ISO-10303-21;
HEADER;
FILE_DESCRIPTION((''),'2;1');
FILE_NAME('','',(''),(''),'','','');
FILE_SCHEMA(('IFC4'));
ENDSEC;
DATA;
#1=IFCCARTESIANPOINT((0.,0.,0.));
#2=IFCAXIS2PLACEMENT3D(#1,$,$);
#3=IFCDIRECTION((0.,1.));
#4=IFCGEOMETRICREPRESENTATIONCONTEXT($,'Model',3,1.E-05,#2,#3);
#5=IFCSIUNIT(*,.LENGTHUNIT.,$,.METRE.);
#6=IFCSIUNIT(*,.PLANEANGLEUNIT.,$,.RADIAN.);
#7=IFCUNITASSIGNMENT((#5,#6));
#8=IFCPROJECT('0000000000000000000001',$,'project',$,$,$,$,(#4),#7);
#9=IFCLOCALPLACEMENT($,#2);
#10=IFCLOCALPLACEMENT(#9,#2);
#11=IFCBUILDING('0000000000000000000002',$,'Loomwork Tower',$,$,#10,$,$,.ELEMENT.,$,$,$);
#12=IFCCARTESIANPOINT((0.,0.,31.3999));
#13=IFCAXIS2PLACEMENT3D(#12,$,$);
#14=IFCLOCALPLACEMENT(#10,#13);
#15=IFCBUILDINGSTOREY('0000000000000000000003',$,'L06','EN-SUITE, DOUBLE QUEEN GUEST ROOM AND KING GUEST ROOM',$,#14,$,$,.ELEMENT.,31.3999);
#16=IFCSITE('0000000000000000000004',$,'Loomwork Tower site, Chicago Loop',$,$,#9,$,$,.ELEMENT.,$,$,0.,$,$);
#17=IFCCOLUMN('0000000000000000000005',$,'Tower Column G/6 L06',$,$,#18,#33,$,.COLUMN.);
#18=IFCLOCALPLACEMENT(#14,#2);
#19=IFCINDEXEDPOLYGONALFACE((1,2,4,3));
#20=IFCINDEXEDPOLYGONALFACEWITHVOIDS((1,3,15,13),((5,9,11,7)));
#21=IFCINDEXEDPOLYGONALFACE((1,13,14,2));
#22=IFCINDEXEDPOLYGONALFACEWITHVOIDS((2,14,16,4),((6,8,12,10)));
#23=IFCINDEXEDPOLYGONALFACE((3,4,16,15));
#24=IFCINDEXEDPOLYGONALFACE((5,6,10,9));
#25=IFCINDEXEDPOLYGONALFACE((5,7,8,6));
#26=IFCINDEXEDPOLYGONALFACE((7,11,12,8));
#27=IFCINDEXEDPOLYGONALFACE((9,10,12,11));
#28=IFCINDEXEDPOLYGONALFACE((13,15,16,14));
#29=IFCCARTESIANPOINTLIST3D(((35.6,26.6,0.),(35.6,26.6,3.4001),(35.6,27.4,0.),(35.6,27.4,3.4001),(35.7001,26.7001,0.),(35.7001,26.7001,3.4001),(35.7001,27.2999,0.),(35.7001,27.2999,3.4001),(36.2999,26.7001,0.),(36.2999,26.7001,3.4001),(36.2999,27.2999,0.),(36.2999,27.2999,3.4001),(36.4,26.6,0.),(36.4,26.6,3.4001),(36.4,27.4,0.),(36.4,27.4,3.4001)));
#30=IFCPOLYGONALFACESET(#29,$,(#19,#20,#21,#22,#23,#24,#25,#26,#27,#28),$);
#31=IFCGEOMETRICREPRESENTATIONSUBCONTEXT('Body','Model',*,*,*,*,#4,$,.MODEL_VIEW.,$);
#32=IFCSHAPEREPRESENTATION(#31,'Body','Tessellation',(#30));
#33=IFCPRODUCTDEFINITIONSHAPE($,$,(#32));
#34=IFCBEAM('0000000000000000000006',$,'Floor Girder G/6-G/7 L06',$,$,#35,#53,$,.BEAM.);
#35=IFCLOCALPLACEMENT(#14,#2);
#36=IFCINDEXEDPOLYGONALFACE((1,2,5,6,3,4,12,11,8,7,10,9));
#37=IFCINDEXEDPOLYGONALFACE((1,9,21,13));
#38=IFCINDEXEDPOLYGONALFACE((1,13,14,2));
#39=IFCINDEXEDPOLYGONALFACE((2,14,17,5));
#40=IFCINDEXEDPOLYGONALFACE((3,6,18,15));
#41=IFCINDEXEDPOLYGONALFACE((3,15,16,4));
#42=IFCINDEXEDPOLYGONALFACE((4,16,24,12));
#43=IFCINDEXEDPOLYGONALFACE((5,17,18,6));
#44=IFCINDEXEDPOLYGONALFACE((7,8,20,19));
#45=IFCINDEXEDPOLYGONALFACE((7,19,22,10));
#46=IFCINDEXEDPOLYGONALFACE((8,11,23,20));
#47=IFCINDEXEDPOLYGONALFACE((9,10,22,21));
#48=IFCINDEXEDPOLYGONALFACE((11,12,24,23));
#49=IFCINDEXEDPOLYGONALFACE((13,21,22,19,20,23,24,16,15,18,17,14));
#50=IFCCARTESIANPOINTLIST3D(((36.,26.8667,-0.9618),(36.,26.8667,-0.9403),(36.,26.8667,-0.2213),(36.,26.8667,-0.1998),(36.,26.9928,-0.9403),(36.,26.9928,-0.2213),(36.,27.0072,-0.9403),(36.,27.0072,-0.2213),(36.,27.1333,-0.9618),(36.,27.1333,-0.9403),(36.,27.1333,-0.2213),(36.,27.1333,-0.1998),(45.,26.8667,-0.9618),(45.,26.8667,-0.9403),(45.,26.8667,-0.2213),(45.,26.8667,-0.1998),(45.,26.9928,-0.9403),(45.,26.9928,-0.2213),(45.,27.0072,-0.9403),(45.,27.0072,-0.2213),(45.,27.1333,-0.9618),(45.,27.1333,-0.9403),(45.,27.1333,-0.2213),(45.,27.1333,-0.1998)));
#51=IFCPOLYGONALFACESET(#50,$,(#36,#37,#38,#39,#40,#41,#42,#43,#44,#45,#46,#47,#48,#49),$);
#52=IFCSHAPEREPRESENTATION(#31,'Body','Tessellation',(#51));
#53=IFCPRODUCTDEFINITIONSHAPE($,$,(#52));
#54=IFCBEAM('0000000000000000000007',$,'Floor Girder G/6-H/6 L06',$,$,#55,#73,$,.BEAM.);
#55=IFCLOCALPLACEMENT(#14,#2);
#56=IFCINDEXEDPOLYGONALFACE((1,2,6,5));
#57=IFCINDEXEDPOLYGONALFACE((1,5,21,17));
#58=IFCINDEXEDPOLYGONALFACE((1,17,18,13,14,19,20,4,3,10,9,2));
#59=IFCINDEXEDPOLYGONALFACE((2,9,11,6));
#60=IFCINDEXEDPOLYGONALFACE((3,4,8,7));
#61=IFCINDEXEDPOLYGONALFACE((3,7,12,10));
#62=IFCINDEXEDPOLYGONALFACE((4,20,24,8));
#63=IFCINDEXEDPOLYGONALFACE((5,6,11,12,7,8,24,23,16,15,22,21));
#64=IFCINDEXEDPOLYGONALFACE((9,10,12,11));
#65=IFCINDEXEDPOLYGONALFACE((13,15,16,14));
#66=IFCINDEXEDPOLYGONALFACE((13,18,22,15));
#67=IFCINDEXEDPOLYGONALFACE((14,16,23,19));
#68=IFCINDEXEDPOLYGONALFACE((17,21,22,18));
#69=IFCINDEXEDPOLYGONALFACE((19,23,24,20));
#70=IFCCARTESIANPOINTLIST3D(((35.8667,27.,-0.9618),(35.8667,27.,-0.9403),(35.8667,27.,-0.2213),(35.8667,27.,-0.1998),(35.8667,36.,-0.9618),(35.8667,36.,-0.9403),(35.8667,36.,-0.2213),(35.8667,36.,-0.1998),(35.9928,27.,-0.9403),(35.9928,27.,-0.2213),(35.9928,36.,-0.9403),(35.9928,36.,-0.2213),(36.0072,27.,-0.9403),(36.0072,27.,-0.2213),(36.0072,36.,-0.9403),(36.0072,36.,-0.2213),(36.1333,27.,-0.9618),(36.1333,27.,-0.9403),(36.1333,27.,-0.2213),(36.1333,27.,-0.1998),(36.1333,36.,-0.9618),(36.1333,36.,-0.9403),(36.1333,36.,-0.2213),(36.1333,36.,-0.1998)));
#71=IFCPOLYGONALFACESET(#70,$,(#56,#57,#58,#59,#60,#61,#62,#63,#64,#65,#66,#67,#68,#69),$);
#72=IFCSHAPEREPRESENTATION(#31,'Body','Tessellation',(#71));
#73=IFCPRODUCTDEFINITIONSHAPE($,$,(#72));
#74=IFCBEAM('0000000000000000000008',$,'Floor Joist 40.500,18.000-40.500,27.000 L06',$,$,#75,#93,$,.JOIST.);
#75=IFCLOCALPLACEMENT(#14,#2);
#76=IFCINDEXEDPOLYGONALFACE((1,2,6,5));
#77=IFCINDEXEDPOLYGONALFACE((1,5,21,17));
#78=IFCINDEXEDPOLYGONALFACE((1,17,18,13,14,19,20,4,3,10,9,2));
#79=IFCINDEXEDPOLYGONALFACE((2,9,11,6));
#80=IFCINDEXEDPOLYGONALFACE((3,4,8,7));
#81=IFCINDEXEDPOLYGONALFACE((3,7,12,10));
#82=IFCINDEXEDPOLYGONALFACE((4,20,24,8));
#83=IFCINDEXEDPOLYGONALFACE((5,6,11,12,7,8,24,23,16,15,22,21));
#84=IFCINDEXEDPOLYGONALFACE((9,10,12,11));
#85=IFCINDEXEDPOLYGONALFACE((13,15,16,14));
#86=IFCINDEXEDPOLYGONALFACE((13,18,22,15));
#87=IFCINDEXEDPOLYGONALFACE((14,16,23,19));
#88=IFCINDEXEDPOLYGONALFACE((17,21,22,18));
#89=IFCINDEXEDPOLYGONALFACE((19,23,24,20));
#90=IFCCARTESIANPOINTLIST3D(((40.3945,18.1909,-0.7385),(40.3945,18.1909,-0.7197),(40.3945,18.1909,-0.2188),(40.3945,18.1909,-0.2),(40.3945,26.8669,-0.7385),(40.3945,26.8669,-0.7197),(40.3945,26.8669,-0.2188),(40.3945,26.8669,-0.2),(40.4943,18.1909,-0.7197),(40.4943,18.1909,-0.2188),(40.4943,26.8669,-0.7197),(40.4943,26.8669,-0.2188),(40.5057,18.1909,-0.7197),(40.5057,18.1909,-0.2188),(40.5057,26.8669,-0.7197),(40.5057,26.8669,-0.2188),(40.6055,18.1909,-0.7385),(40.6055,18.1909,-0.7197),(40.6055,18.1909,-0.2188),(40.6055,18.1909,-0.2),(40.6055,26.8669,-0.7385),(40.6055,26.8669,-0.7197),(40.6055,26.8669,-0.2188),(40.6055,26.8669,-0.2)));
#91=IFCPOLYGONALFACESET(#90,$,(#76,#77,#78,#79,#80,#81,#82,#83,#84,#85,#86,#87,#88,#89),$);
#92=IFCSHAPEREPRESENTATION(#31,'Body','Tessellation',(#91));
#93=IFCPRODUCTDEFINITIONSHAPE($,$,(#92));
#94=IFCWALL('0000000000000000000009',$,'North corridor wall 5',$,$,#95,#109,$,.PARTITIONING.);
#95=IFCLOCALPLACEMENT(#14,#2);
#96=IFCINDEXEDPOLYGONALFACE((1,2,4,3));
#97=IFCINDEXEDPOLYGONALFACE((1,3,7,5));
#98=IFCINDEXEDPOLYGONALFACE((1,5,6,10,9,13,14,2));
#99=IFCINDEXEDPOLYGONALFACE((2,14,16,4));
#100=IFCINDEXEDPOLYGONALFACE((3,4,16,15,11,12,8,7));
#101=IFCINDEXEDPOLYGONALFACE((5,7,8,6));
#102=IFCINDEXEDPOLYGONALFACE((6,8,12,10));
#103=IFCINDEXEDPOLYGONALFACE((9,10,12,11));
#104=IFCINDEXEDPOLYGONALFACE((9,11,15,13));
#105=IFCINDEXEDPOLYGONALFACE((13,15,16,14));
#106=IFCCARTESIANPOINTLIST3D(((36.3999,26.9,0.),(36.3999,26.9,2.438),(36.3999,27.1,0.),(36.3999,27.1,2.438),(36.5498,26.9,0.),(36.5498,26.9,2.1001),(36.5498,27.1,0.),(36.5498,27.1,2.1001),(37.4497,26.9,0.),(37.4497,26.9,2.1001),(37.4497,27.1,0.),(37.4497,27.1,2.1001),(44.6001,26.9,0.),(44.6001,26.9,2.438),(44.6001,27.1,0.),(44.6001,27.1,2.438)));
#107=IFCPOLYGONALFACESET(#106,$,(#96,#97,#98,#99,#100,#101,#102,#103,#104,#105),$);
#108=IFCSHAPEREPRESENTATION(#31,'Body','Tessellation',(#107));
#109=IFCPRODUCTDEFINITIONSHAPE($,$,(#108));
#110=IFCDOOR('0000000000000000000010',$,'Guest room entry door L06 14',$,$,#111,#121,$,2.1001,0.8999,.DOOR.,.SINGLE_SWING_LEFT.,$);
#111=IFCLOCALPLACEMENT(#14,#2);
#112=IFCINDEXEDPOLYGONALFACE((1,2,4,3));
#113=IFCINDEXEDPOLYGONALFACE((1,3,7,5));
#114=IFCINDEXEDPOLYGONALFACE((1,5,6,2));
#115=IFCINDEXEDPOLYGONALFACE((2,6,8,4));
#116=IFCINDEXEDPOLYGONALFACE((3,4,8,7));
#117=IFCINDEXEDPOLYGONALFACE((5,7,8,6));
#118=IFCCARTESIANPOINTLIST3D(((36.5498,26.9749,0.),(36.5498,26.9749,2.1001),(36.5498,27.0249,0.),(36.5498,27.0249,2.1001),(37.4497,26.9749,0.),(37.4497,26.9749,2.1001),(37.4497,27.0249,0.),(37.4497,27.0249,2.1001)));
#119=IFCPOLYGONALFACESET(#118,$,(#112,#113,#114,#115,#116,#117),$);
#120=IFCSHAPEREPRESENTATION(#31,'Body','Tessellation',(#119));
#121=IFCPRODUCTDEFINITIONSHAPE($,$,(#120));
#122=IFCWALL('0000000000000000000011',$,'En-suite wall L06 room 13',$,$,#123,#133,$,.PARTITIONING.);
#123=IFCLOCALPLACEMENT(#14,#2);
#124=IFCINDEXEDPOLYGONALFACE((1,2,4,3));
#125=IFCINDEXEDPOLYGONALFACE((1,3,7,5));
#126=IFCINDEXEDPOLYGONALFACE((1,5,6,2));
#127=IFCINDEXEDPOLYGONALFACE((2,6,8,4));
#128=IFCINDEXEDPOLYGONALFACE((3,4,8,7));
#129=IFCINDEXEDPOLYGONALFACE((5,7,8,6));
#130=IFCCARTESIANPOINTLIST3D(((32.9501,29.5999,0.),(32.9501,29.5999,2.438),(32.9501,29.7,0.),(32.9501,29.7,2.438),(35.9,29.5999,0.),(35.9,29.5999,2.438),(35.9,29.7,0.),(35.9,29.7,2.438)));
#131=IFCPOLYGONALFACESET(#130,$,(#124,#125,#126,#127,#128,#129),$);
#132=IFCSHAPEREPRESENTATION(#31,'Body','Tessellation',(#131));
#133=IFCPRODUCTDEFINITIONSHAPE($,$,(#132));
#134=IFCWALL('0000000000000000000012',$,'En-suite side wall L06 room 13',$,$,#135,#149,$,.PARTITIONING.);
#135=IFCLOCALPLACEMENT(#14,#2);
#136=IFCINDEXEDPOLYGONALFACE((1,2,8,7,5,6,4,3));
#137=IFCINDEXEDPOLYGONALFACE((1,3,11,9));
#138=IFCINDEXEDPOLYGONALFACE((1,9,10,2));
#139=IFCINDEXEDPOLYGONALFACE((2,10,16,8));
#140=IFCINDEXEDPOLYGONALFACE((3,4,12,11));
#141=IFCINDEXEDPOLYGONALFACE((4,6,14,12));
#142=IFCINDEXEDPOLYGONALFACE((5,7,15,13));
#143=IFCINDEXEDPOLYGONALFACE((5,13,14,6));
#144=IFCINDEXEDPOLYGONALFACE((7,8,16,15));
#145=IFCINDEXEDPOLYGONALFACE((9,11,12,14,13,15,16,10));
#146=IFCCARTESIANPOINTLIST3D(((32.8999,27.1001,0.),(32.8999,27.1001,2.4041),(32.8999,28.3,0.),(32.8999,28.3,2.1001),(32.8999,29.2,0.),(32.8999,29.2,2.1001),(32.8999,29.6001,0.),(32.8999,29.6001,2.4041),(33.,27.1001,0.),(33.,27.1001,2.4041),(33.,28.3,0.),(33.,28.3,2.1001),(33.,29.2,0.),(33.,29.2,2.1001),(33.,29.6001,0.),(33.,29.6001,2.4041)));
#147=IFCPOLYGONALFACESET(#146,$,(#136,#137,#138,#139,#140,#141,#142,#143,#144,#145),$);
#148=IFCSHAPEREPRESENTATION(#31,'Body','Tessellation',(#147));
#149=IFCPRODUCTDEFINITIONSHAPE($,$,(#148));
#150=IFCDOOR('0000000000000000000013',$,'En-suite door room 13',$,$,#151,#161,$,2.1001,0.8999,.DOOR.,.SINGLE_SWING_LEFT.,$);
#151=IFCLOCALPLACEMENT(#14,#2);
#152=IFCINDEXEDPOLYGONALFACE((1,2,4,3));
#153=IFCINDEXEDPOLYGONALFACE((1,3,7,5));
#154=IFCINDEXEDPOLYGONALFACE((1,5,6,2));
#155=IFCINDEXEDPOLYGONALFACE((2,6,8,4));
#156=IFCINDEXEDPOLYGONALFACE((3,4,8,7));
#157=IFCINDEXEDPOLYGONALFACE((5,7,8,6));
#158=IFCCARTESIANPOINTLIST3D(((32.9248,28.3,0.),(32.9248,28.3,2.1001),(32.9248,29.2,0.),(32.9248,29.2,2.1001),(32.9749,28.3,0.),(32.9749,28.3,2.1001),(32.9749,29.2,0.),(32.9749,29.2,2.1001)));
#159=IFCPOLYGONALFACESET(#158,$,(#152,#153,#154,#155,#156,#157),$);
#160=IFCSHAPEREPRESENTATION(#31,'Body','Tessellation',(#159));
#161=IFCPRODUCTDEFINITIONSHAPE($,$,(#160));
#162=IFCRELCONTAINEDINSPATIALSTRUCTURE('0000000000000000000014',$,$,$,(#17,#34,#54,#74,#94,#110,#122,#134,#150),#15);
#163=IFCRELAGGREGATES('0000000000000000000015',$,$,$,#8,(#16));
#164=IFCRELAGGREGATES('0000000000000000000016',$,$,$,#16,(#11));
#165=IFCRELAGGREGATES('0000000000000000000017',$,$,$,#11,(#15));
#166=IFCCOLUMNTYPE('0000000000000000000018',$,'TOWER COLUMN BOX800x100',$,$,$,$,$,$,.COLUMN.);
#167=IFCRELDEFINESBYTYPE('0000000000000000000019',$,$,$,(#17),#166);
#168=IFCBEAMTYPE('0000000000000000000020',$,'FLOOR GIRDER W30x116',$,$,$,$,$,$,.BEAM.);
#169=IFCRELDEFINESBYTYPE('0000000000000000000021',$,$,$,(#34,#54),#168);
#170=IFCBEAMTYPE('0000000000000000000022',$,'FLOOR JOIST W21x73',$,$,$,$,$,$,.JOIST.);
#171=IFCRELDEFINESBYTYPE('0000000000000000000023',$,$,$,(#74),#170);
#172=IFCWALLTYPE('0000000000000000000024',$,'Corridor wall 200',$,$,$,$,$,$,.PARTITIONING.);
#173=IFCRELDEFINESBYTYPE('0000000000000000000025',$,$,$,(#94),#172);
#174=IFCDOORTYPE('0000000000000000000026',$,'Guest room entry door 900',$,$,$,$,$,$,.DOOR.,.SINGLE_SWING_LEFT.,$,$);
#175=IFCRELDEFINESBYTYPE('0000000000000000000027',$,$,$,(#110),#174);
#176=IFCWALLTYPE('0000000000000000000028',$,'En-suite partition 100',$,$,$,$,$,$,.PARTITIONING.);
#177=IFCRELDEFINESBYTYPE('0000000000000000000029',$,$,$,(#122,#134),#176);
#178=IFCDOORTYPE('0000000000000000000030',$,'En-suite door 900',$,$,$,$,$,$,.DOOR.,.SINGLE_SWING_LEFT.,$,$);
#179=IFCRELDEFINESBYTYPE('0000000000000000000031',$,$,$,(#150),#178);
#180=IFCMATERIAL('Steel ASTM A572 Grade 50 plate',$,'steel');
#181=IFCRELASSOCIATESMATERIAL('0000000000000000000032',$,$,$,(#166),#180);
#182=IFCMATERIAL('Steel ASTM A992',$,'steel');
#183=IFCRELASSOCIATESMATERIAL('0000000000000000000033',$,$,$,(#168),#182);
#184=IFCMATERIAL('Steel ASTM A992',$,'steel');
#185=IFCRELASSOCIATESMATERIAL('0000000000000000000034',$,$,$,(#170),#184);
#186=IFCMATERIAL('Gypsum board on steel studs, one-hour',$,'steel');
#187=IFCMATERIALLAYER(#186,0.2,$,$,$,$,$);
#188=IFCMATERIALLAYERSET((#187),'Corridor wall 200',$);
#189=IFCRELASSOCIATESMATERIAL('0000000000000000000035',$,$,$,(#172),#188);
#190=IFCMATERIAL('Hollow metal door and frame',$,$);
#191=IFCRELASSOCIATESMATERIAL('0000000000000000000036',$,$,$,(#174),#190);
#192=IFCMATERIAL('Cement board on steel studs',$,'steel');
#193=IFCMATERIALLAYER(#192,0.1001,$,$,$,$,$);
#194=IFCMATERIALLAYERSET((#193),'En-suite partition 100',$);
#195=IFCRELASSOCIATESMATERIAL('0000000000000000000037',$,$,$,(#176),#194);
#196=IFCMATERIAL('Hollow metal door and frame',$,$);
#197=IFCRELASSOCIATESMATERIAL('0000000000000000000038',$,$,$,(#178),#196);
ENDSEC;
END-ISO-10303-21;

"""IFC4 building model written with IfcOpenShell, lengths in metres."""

from ifc_helpers import new_model, si_unit, direction, frame, frame_2d, origin, origin_2d, place, context, subcontext, project, spatial, rectangle, hollow_rectangle, i_section, extrude, material, layer, layer_set, material_profile, profile_set, type_object, element, fill, save


model = new_model("IFC4")

# Units and contexts
model_context = context("Model", 3, precision=1e-05, world=origin(), true_north=direction((0.0, 1.0)))
body_context = subcontext(model_context, "Body", "Model", "MODEL_VIEW")
ifc_project = project(units=[si_unit("LENGTHUNIT", "METRE"), si_unit("PLANEANGLEUNIT", "RADIAN")], contexts=[model_context])

# Site, building, storey
site_placement = place(None, origin())
site = spatial("IfcSite", under=ifc_project, at=site_placement, Name="Loomwork Tower site, Chicago Loop", CompositionType="ELEMENT", RefElevation=0.0)
building_placement = place(site_placement, origin())
building = spatial("IfcBuilding", under=site, at=building_placement, Name="Loomwork Tower", CompositionType="ELEMENT")
storey_placement = place(building_placement, frame((0.0, 0.0, 31.3999)))
storey = spatial("IfcBuildingStorey", under=building, at=storey_placement, Name="L06", Description="EN-SUITE, DOUBLE QUEEN GUEST ROOM AND KING GUEST ROOM", CompositionType="ELEMENT", Elevation=31.3999)

# Column
ifc_material_1 = material(Name="Steel ASTM A572 Grade 50 plate", Category="steel")
ifc_material_profile_1 = material_profile(ifc_material_1, hollow_rectangle(XDim=0.8, YDim=0.8, WallThickness=0.1001, at=origin_2d()), Name="BOX800x100")
ifc_profile_set_1 = profile_set([ifc_material_profile_1], Name="Steel ASTM A572 Grade 50 plate")
column_type = type_object("IfcColumnType", Name="TOWER COLUMN BOX800x100", PredefinedType="COLUMN", material=ifc_profile_set_1)
column_placement = place(storey_placement, frame((36.0, 27.0, 0.0), z_axis=(0.0, 0.0, 1.0), x_axis=(1.0, 0.0, 0.0)))
element("IfcColumn", 1, at=column_placement, inside=storey, type_object=column_type, Name="Tower Column G/6 L06", PredefinedType="COLUMN", context=body_context, shape_type="SweptSolid", body=[
    extrude(hollow_rectangle(XDim=0.8, YDim=0.8, WallThickness=0.1001, at=origin_2d()), origin(), (0.0, 0.0, 1.0), 3.4001),
])

# Beams
ifc_material_2 = material(Name="Steel ASTM A992", Category="steel")
ifc_material_profile_2 = material_profile(ifc_material_2, i_section(OverallWidth=0.2666, OverallDepth=0.762, WebThickness=0.0144, FlangeThickness=0.0215, at=origin_2d()), Name="W30x116")
ifc_profile_set_2 = profile_set([ifc_material_profile_2], Name="Steel ASTM A992")
beam_type_1 = type_object("IfcBeamType", Name="FLOOR GIRDER W30x116", PredefinedType="BEAM", material=ifc_profile_set_2)
for number, where, z_axis, x_axis, name in (
    (2, (36.0, 27.0, -0.5808), (1.0, 0.0, 0.0), (0.0, 1.0, 0.0), "Floor Girder G/6-G/7 L06"),
    (3, (36.0, 27.0, -0.5808), (0.0, 1.0, 0.0), (-1.0, 0.0, 0.0), "Floor Girder G/6-H/6 L06"),
):
    element("IfcBeam", number, at=place(storey_placement, frame(where, z_axis=z_axis, x_axis=x_axis)), inside=storey, type_object=beam_type_1, Name=name, PredefinedType="BEAM", context=body_context, shape_type="SweptSolid", body=[
        extrude(i_section(OverallWidth=0.2666, OverallDepth=0.762, WebThickness=0.0144, FlangeThickness=0.0215, at=origin_2d()), origin(), (0.0, 0.0, 1.0), 9.0),
    ])
ifc_material_3 = material(Name="Steel ASTM A992", Category="steel")
ifc_material_profile_3 = material_profile(ifc_material_3, i_section(OverallWidth=0.2109, OverallDepth=0.5386, WebThickness=0.0115, FlangeThickness=0.0188, at=origin_2d()), Name="W21x73")
ifc_profile_set_3 = profile_set([ifc_material_profile_3], Name="Steel ASTM A992")
beam_type_2 = type_object("IfcBeamType", Name="FLOOR JOIST W21x73", PredefinedType="JOIST", material=ifc_profile_set_3)
beam_placement = place(storey_placement, frame((40.5, 18.1909, -0.4692), z_axis=(0.0, 1.0, 0.0), x_axis=(-1.0, 0.0, 0.0)))
element("IfcBeam", 4, at=beam_placement, inside=storey, type_object=beam_type_2, Name="Floor Joist 40.500,18.000-40.500,27.000 L06", PredefinedType="JOIST", context=body_context, shape_type="SweptSolid", body=[
    extrude(i_section(OverallWidth=0.2109, OverallDepth=0.5386, WebThickness=0.0115, FlangeThickness=0.0188, at=origin_2d()), origin(), (0.0, 0.0, 1.0), 8.676),
])

# Wall, opening, door
ifc_material_4 = material(Name="Gypsum board on steel studs, one-hour", Category="steel")
ifc_layer_1 = layer(ifc_material_4, 0.2)
ifc_layer_set_1 = layer_set([ifc_layer_1], Name="Corridor wall 200")
wall_type_1 = type_object("IfcWallType", Name="Corridor wall 200", PredefinedType="PARTITIONING", material=ifc_layer_set_1)
wall_1_placement = place(storey_placement, frame((36.3999, 27.0, 0.0), z_axis=(0.0, 0.0, 1.0), x_axis=(1.0, 0.0, 0.0)))
wall_1 = element("IfcWall", 5, at=wall_1_placement, inside=storey, type_object=wall_type_1, Name="North corridor wall 5", PredefinedType="PARTITIONING", context=body_context, shape_type="SweptSolid", body=[
    extrude(rectangle(XDim=8.2002, YDim=0.2, at=frame_2d((4.1001, 0.0))), origin(), (0.0, 0.0, 1.0), 2.438),
])
opening_1_placement = place(wall_1_placement, frame((0.1499, 0.0, 0.0)))
opening_1 = element("IfcOpeningElement", 6, at=opening_1_placement, cuts=wall_1, PredefinedType="OPENING", context=body_context, shape_type="SweptSolid", body=[
    extrude(rectangle(XDim=0.8999, YDim=2.1001, at=frame_2d((0.45, 1.05))), frame((0.0, 0.1099, 0.0), z_axis=(0.0, -1.0, 0.0), x_axis=(1.0, 0.0, 0.0)), (0.0, 0.0, 1.0), 0.22),
])
ifc_material_5 = material(Name="Hollow metal door and frame")
door_type_1 = type_object("IfcDoorType", Name="Guest room entry door 900", OperationType="SINGLE_SWING_LEFT", PredefinedType="DOOR", material=ifc_material_5)
door_1_placement = place(opening_1_placement, origin())
door_1 = element("IfcDoor", 7, at=door_1_placement, inside=storey, type_object=door_type_1, Name="Guest room entry door L06 14", OperationType="SINGLE_SWING_LEFT", OverallHeight=2.1001, OverallWidth=0.8999, PredefinedType="DOOR", context=body_context, shape_type="SweptSolid", body=[
    extrude(rectangle(XDim=0.8999, YDim=2.1001, at=frame_2d((0.45, 1.05))), frame((0.0, 0.0249, 0.0), z_axis=(0.0, -1.0, 0.0), x_axis=(1.0, 0.0, 0.0)), (0.0, 0.0, 1.0), 0.05),
])
fill(opening_1, door_1)

# Wall
ifc_material_6 = material(Name="Cement board on steel studs", Category="steel")
ifc_layer_2 = layer(ifc_material_6, 0.1001)
ifc_layer_set_2 = layer_set([ifc_layer_2], Name="En-suite partition 100")
wall_type_2 = type_object("IfcWallType", Name="En-suite partition 100", PredefinedType="PARTITIONING", material=ifc_layer_set_2)
wall_2_placement = place(storey_placement, frame((32.95, 29.6499, 0.0), z_axis=(0.0, 0.0, 1.0), x_axis=(1.0, 0.0, 0.0)))
element("IfcWall", 8, at=wall_2_placement, inside=storey, type_object=wall_type_2, Name="En-suite wall L06 room 13", PredefinedType="PARTITIONING", context=body_context, shape_type="SweptSolid", body=[
    extrude(rectangle(XDim=2.95, YDim=0.1001, at=frame_2d((1.4751, 0.0))), origin(), (0.0, 0.0, 1.0), 2.438),
])

# Wall, opening, door
wall_3_placement = place(storey_placement, frame((32.95, 27.1001, 0.0), z_axis=(0.0, 0.0, 1.0), x_axis=(0.0, 1.0, 0.0)))
wall_3 = element("IfcWall", 9, at=wall_3_placement, inside=storey, type_object=wall_type_2, Name="En-suite side wall L06 room 13", PredefinedType="PARTITIONING", context=body_context, shape_type="SweptSolid", body=[
    extrude(rectangle(XDim=2.5, YDim=0.1001, at=frame_2d((1.25, 0.0))), origin(), (0.0, 0.0, 1.0), 2.4041),
])
opening_2_placement = place(wall_3_placement, frame((1.2, 0.0, 0.0)))
opening_2 = element("IfcOpeningElement", 10, at=opening_2_placement, cuts=wall_3, PredefinedType="OPENING", context=body_context, shape_type="SweptSolid", body=[
    extrude(rectangle(XDim=0.8999, YDim=2.1001, at=frame_2d((0.45, 1.05))), frame((0.0, 0.0601, 0.0), z_axis=(0.0, -1.0, 0.0), x_axis=(1.0, 0.0, 0.0)), (0.0, 0.0, 1.0), 0.1201),
])
ifc_material_7 = material(Name="Hollow metal door and frame")
door_type_2 = type_object("IfcDoorType", Name="En-suite door 900", OperationType="SINGLE_SWING_LEFT", PredefinedType="DOOR", material=ifc_material_7)
door_2_placement = place(opening_2_placement, frame((0.8999, 0.0, 0.0), z_axis=(0.0, 0.0, 1.0), x_axis=(-1.0, 0.0, 0.0)))
door_2 = element("IfcDoor", 11, at=door_2_placement, inside=storey, type_object=door_type_2, Name="En-suite door room 13", OperationType="SINGLE_SWING_LEFT", OverallHeight=2.1001, OverallWidth=0.8999, PredefinedType="DOOR", context=body_context, shape_type="SweptSolid", body=[
    extrude(rectangle(XDim=0.8999, YDim=2.1001, at=frame_2d((0.45, 1.05))), frame((0.0, 0.0249, 0.0), z_axis=(0.0, -1.0, 0.0), x_axis=(1.0, 0.0, 0.0)), (0.0, 0.0, 1.0), 0.05),
])
fill(opening_2, door_2)

save(model, "model.ifc")
